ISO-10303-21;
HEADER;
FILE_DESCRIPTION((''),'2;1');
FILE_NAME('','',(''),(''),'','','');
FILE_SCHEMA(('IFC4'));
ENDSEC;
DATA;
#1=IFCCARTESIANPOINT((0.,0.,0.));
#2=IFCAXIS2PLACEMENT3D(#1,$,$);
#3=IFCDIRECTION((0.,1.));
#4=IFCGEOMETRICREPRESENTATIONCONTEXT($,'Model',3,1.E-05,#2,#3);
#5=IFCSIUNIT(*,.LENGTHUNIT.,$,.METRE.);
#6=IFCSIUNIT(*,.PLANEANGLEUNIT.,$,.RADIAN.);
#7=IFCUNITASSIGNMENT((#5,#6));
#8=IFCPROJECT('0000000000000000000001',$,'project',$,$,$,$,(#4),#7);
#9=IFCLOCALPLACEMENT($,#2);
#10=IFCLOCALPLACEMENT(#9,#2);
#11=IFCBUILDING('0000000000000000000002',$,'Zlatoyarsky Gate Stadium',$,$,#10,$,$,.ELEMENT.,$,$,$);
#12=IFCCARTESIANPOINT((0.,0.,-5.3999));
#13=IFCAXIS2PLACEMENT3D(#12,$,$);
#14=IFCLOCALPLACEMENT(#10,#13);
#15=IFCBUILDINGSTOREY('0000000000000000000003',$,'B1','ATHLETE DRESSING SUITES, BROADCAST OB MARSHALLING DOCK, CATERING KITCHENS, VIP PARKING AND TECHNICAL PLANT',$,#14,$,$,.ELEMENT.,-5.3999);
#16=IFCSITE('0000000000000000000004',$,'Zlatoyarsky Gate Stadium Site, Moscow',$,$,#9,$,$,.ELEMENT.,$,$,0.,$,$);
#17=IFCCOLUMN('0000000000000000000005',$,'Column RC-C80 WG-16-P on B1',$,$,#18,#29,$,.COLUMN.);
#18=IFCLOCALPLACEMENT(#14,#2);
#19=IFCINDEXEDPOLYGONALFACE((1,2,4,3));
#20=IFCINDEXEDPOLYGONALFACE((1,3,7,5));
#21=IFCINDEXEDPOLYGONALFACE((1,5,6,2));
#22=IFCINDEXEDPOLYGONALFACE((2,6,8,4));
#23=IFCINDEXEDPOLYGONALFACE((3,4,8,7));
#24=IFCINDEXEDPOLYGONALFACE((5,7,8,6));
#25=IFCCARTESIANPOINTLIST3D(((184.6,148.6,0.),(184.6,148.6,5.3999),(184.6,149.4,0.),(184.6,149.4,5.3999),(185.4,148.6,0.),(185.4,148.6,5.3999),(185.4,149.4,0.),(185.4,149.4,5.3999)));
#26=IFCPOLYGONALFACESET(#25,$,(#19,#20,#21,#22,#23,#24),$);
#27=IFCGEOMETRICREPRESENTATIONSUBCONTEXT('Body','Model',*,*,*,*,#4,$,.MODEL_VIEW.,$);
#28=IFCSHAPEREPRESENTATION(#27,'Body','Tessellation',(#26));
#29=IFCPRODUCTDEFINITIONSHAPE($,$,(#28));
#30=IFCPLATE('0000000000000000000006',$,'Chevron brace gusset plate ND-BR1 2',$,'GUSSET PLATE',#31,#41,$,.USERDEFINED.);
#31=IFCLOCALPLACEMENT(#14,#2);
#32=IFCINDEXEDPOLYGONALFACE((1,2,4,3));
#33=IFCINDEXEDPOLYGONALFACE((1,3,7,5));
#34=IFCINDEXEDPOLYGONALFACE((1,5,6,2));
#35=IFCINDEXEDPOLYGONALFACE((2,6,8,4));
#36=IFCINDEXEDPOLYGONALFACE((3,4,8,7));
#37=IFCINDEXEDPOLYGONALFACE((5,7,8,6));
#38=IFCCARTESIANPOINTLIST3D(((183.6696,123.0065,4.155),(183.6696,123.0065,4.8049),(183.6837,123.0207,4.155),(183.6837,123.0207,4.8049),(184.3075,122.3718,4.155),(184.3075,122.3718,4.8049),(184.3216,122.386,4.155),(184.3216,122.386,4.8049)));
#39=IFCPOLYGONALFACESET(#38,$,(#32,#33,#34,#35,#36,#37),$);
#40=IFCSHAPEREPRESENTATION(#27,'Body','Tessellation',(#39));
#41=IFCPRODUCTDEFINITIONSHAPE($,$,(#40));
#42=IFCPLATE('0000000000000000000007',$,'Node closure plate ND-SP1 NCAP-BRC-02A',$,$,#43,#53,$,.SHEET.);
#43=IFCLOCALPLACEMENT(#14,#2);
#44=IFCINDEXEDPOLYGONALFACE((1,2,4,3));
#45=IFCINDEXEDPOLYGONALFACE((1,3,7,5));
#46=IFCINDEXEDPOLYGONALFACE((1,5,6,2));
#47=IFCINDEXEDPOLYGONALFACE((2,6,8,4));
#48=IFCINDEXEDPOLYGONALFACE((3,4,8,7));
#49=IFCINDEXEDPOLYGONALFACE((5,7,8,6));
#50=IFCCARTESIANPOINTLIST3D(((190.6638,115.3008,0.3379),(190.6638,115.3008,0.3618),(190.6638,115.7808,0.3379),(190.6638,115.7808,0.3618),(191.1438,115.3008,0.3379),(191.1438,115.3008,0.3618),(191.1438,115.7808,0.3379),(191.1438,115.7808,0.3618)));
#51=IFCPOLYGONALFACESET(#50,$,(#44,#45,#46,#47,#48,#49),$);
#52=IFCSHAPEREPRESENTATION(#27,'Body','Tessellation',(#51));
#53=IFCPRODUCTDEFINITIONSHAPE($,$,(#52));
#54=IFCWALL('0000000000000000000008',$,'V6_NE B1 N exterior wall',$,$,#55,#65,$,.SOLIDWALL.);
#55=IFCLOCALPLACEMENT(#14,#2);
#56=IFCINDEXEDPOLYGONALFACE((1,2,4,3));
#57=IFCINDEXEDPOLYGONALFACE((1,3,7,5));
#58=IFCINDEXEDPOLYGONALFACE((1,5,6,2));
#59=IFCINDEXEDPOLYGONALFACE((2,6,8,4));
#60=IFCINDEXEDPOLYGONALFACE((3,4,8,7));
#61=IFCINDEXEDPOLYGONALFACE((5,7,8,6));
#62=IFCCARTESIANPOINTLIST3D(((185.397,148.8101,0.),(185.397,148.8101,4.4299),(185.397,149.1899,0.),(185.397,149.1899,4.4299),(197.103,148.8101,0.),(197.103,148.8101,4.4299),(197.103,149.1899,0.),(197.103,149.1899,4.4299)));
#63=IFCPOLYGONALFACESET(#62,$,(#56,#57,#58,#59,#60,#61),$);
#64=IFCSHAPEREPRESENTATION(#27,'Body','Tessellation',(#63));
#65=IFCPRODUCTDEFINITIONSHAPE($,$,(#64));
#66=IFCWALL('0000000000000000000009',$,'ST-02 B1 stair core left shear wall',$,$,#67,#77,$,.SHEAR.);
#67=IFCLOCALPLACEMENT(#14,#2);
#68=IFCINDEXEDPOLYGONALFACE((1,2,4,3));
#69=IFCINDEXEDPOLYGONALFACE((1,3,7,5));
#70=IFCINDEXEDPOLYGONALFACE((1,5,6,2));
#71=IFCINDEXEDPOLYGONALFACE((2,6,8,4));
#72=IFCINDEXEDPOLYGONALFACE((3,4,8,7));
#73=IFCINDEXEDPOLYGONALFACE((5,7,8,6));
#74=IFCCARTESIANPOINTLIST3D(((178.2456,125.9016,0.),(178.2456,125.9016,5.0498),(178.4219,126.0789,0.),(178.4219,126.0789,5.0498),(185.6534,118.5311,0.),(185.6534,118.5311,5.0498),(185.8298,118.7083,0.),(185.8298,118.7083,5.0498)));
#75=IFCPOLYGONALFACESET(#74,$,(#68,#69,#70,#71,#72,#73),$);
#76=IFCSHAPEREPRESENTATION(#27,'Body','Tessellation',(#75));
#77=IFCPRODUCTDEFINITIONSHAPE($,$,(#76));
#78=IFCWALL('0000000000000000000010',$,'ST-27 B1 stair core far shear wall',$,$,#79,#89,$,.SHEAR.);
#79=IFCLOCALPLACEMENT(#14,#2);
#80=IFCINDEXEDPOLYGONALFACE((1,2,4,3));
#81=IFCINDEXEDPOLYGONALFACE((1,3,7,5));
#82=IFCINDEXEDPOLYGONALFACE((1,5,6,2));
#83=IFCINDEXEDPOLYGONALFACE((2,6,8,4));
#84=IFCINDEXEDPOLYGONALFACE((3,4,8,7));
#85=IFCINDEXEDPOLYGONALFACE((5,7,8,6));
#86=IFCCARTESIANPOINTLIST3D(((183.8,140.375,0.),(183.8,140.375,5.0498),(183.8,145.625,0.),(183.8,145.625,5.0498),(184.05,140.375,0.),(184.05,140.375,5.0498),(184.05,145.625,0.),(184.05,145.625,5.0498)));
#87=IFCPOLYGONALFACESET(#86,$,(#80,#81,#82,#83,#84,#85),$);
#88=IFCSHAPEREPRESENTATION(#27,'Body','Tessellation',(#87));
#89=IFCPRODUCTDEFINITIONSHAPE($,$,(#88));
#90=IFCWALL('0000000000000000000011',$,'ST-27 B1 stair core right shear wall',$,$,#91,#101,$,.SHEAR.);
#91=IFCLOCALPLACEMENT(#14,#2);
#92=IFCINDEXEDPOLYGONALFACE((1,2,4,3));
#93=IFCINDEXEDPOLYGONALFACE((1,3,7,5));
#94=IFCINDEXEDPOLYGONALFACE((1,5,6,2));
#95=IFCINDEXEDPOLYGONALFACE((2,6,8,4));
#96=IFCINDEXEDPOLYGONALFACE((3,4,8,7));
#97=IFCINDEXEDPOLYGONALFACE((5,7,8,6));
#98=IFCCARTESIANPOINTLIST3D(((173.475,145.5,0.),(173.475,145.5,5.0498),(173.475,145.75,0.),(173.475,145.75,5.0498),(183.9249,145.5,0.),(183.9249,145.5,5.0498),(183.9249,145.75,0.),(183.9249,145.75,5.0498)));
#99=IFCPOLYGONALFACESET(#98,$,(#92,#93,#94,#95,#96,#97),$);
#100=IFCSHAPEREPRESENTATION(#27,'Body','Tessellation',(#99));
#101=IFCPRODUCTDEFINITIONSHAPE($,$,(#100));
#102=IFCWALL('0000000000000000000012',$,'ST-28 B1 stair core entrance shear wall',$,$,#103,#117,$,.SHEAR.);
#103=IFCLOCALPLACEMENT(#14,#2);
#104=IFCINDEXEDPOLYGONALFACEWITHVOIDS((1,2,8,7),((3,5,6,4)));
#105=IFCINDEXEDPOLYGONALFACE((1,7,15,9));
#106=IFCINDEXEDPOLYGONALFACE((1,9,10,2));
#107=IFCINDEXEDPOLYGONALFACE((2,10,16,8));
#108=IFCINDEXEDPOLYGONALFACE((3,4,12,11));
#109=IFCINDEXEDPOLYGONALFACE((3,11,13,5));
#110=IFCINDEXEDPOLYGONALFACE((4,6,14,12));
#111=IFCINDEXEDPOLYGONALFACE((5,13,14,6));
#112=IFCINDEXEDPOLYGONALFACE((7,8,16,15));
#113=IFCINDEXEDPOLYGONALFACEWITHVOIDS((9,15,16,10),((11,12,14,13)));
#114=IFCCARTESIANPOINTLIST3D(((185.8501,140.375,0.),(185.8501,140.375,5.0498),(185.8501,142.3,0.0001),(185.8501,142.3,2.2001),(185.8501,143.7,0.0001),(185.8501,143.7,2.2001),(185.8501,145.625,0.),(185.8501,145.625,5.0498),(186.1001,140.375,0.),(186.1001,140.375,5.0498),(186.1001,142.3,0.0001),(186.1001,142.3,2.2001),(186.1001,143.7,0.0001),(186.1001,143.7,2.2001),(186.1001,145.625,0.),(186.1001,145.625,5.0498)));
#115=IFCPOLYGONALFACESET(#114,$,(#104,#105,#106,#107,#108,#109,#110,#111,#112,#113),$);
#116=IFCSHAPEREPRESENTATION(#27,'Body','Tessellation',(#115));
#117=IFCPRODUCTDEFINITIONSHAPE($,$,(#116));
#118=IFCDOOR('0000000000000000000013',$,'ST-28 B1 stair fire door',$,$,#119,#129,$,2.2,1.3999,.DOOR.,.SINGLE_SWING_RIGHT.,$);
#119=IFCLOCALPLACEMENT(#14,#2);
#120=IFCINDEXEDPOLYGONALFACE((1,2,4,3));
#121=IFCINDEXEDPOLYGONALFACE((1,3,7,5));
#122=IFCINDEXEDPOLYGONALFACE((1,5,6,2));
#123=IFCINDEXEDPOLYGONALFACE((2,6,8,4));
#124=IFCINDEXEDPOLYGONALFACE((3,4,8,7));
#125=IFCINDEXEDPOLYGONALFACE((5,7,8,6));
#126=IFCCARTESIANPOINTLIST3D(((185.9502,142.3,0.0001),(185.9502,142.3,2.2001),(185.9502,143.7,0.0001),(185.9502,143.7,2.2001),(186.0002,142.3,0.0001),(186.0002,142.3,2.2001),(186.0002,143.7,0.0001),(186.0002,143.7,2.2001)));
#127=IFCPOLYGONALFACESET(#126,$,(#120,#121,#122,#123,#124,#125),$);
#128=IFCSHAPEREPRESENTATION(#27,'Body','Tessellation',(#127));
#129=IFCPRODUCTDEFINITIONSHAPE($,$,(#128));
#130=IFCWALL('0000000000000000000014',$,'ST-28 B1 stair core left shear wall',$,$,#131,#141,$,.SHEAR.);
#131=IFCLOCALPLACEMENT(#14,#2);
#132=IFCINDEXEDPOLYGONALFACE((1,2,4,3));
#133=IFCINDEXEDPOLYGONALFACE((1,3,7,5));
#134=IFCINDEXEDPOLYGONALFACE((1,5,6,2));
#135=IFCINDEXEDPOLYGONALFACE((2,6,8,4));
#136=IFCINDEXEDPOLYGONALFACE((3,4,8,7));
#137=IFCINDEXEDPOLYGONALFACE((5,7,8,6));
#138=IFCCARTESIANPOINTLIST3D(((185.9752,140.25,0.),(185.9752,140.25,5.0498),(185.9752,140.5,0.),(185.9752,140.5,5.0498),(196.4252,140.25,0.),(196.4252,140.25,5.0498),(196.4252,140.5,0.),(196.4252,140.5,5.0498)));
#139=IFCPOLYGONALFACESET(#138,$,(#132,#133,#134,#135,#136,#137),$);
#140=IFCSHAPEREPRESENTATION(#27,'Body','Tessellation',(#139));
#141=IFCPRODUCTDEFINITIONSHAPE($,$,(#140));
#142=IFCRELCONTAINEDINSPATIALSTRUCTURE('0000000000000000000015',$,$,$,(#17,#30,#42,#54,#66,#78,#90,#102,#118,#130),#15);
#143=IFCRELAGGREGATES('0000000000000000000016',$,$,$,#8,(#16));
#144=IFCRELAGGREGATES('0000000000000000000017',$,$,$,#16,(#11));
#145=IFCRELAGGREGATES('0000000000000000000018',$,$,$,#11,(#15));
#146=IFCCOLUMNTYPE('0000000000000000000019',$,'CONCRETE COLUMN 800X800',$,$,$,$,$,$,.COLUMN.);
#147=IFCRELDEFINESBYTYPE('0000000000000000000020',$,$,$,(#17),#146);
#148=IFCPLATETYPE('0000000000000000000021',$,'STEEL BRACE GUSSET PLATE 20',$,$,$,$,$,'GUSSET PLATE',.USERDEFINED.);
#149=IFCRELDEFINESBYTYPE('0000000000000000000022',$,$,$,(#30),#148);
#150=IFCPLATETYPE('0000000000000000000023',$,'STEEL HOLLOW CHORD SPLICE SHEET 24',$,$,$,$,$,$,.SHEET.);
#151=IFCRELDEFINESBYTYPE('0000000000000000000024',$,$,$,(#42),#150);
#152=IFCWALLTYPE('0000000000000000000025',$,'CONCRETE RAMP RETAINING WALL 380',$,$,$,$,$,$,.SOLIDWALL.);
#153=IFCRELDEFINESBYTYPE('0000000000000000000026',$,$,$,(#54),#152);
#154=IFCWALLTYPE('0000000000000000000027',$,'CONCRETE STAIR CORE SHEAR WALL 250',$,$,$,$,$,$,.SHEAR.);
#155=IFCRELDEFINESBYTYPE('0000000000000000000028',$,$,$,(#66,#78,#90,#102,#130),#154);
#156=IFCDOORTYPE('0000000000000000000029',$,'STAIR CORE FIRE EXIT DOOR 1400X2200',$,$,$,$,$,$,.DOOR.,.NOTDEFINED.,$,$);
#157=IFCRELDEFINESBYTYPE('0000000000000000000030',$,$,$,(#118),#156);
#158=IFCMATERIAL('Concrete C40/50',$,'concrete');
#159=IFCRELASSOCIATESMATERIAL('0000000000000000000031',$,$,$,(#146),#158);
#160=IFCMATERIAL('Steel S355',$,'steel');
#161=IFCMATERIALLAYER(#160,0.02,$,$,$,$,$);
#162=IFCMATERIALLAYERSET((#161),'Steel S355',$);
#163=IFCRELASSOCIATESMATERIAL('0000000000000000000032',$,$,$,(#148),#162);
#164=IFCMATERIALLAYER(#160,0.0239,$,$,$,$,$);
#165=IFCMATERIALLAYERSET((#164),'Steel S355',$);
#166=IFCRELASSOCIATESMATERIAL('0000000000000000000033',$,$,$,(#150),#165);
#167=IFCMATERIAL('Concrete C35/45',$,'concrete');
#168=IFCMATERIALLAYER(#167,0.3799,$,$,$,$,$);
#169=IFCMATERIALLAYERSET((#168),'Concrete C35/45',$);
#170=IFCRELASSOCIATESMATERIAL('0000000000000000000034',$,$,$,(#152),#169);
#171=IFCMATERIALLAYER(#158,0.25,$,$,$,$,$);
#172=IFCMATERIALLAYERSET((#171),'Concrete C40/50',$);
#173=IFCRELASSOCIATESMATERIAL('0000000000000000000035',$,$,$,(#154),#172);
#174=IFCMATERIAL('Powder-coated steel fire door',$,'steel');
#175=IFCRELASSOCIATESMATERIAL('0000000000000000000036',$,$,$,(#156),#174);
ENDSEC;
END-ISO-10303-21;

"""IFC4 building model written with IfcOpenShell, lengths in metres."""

from ifc_helpers import new_model, si_unit, direction, frame, frame_2d, origin, origin_2d, place, context, subcontext, project, spatial, rectangle, extrude, material, layer, layer_set, material_profile, profile_set, type_object, element, fill, save


model = new_model("IFC4")

# Units and contexts
model_context = context("Model", 3, precision=1e-05, world=origin(), true_north=direction((0.0, 1.0)))
body_context = subcontext(model_context, "Body", "Model", "MODEL_VIEW")
ifc_project = project(units=[si_unit("LENGTHUNIT", "METRE"), si_unit("PLANEANGLEUNIT", "RADIAN")], contexts=[model_context])

# Site, building, storey
site_placement = place(None, origin())
site = spatial("IfcSite", under=ifc_project, at=site_placement, Name="Zlatoyarsky Gate Stadium Site, Moscow", CompositionType="ELEMENT", RefElevation=0.0)
building_placement = place(site_placement, origin())
building = spatial("IfcBuilding", under=site, at=building_placement, Name="Zlatoyarsky Gate Stadium", CompositionType="ELEMENT")
storey_placement = place(building_placement, frame((0.0, 0.0, -5.3999)))
storey = spatial("IfcBuildingStorey", under=building, at=storey_placement, Name="B1", Description="ATHLETE DRESSING SUITES, BROADCAST OB MARSHALLING DOCK, CATERING KITCHENS, VIP PARKING AND TECHNICAL PLANT", CompositionType="ELEMENT", Elevation=-5.3999)

# Shared definitions
ifc_material_1 = material(Name="Concrete C35/45", Category="concrete")

# Column
ifc_material_2 = material(Name="Concrete C40/50", Category="concrete")
ifc_material_profile_1 = material_profile(ifc_material_2, rectangle(XDim=0.8, YDim=0.8, at=origin_2d()), Name="RC COL 800X800")
ifc_profile_set_1 = profile_set([ifc_material_profile_1], Name="Concrete C40/50")
column_type = type_object("IfcColumnType", Name="CONCRETE COLUMN 800X800", PredefinedType="COLUMN", material=ifc_profile_set_1)
for number, where, z_axis, x_axis, name in (
    (1, (185.0, 149.0, 0.0), (0.0, 0.0, 1.0), (1.0, 0.0, 0.0), "Column RC-C80 WG-16-P on B1"),
):
    element("IfcColumn", number, at=place(storey_placement, frame(where, z_axis=z_axis, x_axis=x_axis)), inside=storey, type_object=column_type, Name=name, PredefinedType="COLUMN", context=body_context, shape_type="SweptSolid", body=[
        extrude(rectangle(XDim=0.8, YDim=0.8, at=origin_2d()), origin(), (0.0, 0.0, 1.0), 5.3999),
    ])

# Plates
ifc_material_3 = material(Name="Steel S355", Category="steel")
ifc_layer_1 = layer(ifc_material_3, 0.02)
ifc_layer_set_1 = layer_set([ifc_layer_1], Name="Steel S355")
plate_type_1 = type_object("IfcPlateType", Name="STEEL BRACE GUSSET PLATE 20", ElementType="GUSSET PLATE", PredefinedType="USERDEFINED", material=ifc_layer_set_1)
plate_1_placement = place(storey_placement, frame((183.9956, 122.6963, 4.155), z_axis=(0.0, 0.0, 1.0), x_axis=(-0.708901, 0.705308, 0.0)))
element("IfcPlate", 2, at=plate_1_placement, inside=storey, type_object=plate_type_1, Name="Chevron brace gusset plate ND-BR1 2", ObjectType="GUSSET PLATE", PredefinedType="USERDEFINED", context=body_context, shape_type="SweptSolid", body=[
    extrude(rectangle(XDim=0.8999, YDim=0.02, at=origin_2d()), origin(), (0.0, 0.0, 1.0), 0.6499),
])
ifc_layer_2 = layer(ifc_material_3, 0.0239)
ifc_layer_set_2 = layer_set([ifc_layer_2], Name="Steel S355")
plate_type_2 = type_object("IfcPlateType", Name="STEEL HOLLOW CHORD SPLICE SHEET 24", PredefinedType="SHEET", material=ifc_layer_set_2)
plate_2_placement = place(storey_placement, frame((190.9038, 115.5408, 0.3379), z_axis=(0.0, 0.0, 1.0), x_axis=(1.0, 0.0, 0.0)))
element("IfcPlate", 3, at=plate_2_placement, inside=storey, type_object=plate_type_2, Name="Node closure plate ND-SP1 NCAP-BRC-02A", PredefinedType="SHEET", context=body_context, shape_type="SweptSolid", body=[
    extrude(rectangle(XDim=0.48, YDim=0.48, at=origin_2d()), origin(), (0.0, 0.0, 1.0), 0.0239),
])

# Walls
ifc_layer_3 = layer(ifc_material_1, 0.3799)
ifc_layer_set_3 = layer_set([ifc_layer_3], Name="Concrete C35/45")
wall_type_1 = type_object("IfcWallType", Name="CONCRETE RAMP RETAINING WALL 380", PredefinedType="SOLIDWALL", material=ifc_layer_set_3)
wall_1_placement = place(storey_placement, frame((185.397, 149.0, 0.0), z_axis=(0.0, 0.0, 1.0), x_axis=(1.0, 0.0, 0.0)))
element("IfcWall", 4, at=wall_1_placement, inside=storey, type_object=wall_type_1, Name="V6_NE B1 N exterior wall", PredefinedType="SOLIDWALL", context=body_context, shape_type="SweptSolid", body=[
    extrude(rectangle(XDim=11.7061, YDim=0.3799, at=frame_2d((5.853, 0.0))), origin(), (0.0, 0.0, 1.0), 4.4299),
])
ifc_layer_4 = layer(ifc_material_2, 0.25)
ifc_layer_set_4 = layer_set([ifc_layer_4], Name="Concrete C40/50")
wall_type_2 = type_object("IfcWallType", Name="CONCRETE STAIR CORE SHEAR WALL 250", PredefinedType="SHEAR", material=ifc_layer_set_4)
wall_2_placement = place(storey_placement, frame((185.7417, 118.6196, 0.0), z_axis=(0.0, 0.0, 1.0), x_axis=(-0.708892, 0.705317, 0.0)))
element("IfcWall", 5, at=wall_2_placement, inside=storey, type_object=wall_type_2, Name="ST-02 B1 stair core left shear wall", PredefinedType="SHEAR", context=body_context, shape_type="SweptSolid", body=[
    extrude(rectangle(XDim=10.45, YDim=0.25, at=frame_2d((5.2251, 0.0))), origin(), (0.0, 0.0, 1.0), 5.0498),
])
wall_3_placement = place(storey_placement, frame((183.925, 140.375, 0.0), z_axis=(0.0, 0.0, 1.0), x_axis=(0.0, 1.0, 0.0)))
element("IfcWall", 6, at=wall_3_placement, inside=storey, type_object=wall_type_2, Name="ST-27 B1 stair core far shear wall", PredefinedType="SHEAR", context=body_context, shape_type="SweptSolid", body=[
    extrude(rectangle(XDim=5.25, YDim=0.25, at=frame_2d((2.625, 0.0))), origin(), (0.0, 0.0, 1.0), 5.0498),
])
wall_4_placement = place(storey_placement, frame((183.925, 145.625, 0.0), z_axis=(0.0, 0.0, 1.0), x_axis=(-1.0, 0.0, 0.0)))
element("IfcWall", 7, at=wall_4_placement, inside=storey, type_object=wall_type_2, Name="ST-27 B1 stair core right shear wall", PredefinedType="SHEAR", context=body_context, shape_type="SweptSolid", body=[
    extrude(rectangle(XDim=10.45, YDim=0.25, at=frame_2d((5.2251, 0.0))), origin(), (0.0, 0.0, 1.0), 5.0498),
])

# Wall, opening, door
wall_5_placement = place(storey_placement, frame((185.9751, 145.625, 0.0), z_axis=(0.0, 0.0, 1.0), x_axis=(0.0, -1.0, 0.0)))
wall_5 = element("IfcWall", 8, at=wall_5_placement, inside=storey, type_object=wall_type_2, Name="ST-28 B1 stair core entrance shear wall", PredefinedType="SHEAR", context=body_context, shape_type="SweptSolid", body=[
    extrude(rectangle(XDim=5.25, YDim=0.25, at=frame_2d((2.625, 0.0))), origin(), (0.0, 0.0, 1.0), 5.0498),
])
opening_placement = place(wall_5_placement, frame((1.925, 0.0, 0.0)))
opening = element("IfcOpeningElement", 9, at=opening_placement, cuts=wall_5, PredefinedType="OPENING", context=body_context, shape_type="SweptSolid", body=[
    extrude(rectangle(XDim=1.3999, YDim=2.2, at=frame_2d((0.7, 1.1001))), frame((0.0, 0.135, 0.0), z_axis=(0.0, -1.0, 0.0), x_axis=(1.0, 0.0, 0.0)), (0.0, 0.0, 1.0), 0.27),
])
ifc_material_4 = material(Name="Powder-coated steel fire door", Category="steel")
door_type = type_object("IfcDoorType", Name="STAIR CORE FIRE EXIT DOOR 1400X2200", OperationType="NOTDEFINED", PredefinedType="DOOR", material=ifc_material_4)
door_placement = place(opening_placement, frame((1.3999, 0.0, 0.0), z_axis=(0.0, 0.0, 1.0), x_axis=(-1.0, 0.0, 0.0)))
door = element("IfcDoor", 10, at=door_placement, inside=storey, type_object=door_type, Name="ST-28 B1 stair fire door", OperationType="SINGLE_SWING_RIGHT", OverallHeight=2.2, OverallWidth=1.3999, PredefinedType="DOOR", context=body_context, shape_type="SweptSolid", body=[
    extrude(rectangle(XDim=1.3999, YDim=2.2, at=frame_2d((0.7, 1.1001))), frame((0.0, 0.0249, 0.0), z_axis=(0.0, -1.0, 0.0), x_axis=(1.0, 0.0, 0.0)), (0.0, 0.0, 1.0), 0.05),
])
fill(opening, door)

# Wall
wall_6_placement = place(storey_placement, frame((185.9751, 140.375, 0.0), z_axis=(0.0, 0.0, 1.0), x_axis=(1.0, 0.0, 0.0)))
element("IfcWall", 11, at=wall_6_placement, inside=storey, type_object=wall_type_2, Name="ST-28 B1 stair core left shear wall", PredefinedType="SHEAR", context=body_context, shape_type="SweptSolid", body=[
    extrude(rectangle(XDim=10.45, YDim=0.25, at=frame_2d((5.2251, 0.0))), origin(), (0.0, 0.0, 1.0), 5.0498),
])

save(model, "model.ifc")
